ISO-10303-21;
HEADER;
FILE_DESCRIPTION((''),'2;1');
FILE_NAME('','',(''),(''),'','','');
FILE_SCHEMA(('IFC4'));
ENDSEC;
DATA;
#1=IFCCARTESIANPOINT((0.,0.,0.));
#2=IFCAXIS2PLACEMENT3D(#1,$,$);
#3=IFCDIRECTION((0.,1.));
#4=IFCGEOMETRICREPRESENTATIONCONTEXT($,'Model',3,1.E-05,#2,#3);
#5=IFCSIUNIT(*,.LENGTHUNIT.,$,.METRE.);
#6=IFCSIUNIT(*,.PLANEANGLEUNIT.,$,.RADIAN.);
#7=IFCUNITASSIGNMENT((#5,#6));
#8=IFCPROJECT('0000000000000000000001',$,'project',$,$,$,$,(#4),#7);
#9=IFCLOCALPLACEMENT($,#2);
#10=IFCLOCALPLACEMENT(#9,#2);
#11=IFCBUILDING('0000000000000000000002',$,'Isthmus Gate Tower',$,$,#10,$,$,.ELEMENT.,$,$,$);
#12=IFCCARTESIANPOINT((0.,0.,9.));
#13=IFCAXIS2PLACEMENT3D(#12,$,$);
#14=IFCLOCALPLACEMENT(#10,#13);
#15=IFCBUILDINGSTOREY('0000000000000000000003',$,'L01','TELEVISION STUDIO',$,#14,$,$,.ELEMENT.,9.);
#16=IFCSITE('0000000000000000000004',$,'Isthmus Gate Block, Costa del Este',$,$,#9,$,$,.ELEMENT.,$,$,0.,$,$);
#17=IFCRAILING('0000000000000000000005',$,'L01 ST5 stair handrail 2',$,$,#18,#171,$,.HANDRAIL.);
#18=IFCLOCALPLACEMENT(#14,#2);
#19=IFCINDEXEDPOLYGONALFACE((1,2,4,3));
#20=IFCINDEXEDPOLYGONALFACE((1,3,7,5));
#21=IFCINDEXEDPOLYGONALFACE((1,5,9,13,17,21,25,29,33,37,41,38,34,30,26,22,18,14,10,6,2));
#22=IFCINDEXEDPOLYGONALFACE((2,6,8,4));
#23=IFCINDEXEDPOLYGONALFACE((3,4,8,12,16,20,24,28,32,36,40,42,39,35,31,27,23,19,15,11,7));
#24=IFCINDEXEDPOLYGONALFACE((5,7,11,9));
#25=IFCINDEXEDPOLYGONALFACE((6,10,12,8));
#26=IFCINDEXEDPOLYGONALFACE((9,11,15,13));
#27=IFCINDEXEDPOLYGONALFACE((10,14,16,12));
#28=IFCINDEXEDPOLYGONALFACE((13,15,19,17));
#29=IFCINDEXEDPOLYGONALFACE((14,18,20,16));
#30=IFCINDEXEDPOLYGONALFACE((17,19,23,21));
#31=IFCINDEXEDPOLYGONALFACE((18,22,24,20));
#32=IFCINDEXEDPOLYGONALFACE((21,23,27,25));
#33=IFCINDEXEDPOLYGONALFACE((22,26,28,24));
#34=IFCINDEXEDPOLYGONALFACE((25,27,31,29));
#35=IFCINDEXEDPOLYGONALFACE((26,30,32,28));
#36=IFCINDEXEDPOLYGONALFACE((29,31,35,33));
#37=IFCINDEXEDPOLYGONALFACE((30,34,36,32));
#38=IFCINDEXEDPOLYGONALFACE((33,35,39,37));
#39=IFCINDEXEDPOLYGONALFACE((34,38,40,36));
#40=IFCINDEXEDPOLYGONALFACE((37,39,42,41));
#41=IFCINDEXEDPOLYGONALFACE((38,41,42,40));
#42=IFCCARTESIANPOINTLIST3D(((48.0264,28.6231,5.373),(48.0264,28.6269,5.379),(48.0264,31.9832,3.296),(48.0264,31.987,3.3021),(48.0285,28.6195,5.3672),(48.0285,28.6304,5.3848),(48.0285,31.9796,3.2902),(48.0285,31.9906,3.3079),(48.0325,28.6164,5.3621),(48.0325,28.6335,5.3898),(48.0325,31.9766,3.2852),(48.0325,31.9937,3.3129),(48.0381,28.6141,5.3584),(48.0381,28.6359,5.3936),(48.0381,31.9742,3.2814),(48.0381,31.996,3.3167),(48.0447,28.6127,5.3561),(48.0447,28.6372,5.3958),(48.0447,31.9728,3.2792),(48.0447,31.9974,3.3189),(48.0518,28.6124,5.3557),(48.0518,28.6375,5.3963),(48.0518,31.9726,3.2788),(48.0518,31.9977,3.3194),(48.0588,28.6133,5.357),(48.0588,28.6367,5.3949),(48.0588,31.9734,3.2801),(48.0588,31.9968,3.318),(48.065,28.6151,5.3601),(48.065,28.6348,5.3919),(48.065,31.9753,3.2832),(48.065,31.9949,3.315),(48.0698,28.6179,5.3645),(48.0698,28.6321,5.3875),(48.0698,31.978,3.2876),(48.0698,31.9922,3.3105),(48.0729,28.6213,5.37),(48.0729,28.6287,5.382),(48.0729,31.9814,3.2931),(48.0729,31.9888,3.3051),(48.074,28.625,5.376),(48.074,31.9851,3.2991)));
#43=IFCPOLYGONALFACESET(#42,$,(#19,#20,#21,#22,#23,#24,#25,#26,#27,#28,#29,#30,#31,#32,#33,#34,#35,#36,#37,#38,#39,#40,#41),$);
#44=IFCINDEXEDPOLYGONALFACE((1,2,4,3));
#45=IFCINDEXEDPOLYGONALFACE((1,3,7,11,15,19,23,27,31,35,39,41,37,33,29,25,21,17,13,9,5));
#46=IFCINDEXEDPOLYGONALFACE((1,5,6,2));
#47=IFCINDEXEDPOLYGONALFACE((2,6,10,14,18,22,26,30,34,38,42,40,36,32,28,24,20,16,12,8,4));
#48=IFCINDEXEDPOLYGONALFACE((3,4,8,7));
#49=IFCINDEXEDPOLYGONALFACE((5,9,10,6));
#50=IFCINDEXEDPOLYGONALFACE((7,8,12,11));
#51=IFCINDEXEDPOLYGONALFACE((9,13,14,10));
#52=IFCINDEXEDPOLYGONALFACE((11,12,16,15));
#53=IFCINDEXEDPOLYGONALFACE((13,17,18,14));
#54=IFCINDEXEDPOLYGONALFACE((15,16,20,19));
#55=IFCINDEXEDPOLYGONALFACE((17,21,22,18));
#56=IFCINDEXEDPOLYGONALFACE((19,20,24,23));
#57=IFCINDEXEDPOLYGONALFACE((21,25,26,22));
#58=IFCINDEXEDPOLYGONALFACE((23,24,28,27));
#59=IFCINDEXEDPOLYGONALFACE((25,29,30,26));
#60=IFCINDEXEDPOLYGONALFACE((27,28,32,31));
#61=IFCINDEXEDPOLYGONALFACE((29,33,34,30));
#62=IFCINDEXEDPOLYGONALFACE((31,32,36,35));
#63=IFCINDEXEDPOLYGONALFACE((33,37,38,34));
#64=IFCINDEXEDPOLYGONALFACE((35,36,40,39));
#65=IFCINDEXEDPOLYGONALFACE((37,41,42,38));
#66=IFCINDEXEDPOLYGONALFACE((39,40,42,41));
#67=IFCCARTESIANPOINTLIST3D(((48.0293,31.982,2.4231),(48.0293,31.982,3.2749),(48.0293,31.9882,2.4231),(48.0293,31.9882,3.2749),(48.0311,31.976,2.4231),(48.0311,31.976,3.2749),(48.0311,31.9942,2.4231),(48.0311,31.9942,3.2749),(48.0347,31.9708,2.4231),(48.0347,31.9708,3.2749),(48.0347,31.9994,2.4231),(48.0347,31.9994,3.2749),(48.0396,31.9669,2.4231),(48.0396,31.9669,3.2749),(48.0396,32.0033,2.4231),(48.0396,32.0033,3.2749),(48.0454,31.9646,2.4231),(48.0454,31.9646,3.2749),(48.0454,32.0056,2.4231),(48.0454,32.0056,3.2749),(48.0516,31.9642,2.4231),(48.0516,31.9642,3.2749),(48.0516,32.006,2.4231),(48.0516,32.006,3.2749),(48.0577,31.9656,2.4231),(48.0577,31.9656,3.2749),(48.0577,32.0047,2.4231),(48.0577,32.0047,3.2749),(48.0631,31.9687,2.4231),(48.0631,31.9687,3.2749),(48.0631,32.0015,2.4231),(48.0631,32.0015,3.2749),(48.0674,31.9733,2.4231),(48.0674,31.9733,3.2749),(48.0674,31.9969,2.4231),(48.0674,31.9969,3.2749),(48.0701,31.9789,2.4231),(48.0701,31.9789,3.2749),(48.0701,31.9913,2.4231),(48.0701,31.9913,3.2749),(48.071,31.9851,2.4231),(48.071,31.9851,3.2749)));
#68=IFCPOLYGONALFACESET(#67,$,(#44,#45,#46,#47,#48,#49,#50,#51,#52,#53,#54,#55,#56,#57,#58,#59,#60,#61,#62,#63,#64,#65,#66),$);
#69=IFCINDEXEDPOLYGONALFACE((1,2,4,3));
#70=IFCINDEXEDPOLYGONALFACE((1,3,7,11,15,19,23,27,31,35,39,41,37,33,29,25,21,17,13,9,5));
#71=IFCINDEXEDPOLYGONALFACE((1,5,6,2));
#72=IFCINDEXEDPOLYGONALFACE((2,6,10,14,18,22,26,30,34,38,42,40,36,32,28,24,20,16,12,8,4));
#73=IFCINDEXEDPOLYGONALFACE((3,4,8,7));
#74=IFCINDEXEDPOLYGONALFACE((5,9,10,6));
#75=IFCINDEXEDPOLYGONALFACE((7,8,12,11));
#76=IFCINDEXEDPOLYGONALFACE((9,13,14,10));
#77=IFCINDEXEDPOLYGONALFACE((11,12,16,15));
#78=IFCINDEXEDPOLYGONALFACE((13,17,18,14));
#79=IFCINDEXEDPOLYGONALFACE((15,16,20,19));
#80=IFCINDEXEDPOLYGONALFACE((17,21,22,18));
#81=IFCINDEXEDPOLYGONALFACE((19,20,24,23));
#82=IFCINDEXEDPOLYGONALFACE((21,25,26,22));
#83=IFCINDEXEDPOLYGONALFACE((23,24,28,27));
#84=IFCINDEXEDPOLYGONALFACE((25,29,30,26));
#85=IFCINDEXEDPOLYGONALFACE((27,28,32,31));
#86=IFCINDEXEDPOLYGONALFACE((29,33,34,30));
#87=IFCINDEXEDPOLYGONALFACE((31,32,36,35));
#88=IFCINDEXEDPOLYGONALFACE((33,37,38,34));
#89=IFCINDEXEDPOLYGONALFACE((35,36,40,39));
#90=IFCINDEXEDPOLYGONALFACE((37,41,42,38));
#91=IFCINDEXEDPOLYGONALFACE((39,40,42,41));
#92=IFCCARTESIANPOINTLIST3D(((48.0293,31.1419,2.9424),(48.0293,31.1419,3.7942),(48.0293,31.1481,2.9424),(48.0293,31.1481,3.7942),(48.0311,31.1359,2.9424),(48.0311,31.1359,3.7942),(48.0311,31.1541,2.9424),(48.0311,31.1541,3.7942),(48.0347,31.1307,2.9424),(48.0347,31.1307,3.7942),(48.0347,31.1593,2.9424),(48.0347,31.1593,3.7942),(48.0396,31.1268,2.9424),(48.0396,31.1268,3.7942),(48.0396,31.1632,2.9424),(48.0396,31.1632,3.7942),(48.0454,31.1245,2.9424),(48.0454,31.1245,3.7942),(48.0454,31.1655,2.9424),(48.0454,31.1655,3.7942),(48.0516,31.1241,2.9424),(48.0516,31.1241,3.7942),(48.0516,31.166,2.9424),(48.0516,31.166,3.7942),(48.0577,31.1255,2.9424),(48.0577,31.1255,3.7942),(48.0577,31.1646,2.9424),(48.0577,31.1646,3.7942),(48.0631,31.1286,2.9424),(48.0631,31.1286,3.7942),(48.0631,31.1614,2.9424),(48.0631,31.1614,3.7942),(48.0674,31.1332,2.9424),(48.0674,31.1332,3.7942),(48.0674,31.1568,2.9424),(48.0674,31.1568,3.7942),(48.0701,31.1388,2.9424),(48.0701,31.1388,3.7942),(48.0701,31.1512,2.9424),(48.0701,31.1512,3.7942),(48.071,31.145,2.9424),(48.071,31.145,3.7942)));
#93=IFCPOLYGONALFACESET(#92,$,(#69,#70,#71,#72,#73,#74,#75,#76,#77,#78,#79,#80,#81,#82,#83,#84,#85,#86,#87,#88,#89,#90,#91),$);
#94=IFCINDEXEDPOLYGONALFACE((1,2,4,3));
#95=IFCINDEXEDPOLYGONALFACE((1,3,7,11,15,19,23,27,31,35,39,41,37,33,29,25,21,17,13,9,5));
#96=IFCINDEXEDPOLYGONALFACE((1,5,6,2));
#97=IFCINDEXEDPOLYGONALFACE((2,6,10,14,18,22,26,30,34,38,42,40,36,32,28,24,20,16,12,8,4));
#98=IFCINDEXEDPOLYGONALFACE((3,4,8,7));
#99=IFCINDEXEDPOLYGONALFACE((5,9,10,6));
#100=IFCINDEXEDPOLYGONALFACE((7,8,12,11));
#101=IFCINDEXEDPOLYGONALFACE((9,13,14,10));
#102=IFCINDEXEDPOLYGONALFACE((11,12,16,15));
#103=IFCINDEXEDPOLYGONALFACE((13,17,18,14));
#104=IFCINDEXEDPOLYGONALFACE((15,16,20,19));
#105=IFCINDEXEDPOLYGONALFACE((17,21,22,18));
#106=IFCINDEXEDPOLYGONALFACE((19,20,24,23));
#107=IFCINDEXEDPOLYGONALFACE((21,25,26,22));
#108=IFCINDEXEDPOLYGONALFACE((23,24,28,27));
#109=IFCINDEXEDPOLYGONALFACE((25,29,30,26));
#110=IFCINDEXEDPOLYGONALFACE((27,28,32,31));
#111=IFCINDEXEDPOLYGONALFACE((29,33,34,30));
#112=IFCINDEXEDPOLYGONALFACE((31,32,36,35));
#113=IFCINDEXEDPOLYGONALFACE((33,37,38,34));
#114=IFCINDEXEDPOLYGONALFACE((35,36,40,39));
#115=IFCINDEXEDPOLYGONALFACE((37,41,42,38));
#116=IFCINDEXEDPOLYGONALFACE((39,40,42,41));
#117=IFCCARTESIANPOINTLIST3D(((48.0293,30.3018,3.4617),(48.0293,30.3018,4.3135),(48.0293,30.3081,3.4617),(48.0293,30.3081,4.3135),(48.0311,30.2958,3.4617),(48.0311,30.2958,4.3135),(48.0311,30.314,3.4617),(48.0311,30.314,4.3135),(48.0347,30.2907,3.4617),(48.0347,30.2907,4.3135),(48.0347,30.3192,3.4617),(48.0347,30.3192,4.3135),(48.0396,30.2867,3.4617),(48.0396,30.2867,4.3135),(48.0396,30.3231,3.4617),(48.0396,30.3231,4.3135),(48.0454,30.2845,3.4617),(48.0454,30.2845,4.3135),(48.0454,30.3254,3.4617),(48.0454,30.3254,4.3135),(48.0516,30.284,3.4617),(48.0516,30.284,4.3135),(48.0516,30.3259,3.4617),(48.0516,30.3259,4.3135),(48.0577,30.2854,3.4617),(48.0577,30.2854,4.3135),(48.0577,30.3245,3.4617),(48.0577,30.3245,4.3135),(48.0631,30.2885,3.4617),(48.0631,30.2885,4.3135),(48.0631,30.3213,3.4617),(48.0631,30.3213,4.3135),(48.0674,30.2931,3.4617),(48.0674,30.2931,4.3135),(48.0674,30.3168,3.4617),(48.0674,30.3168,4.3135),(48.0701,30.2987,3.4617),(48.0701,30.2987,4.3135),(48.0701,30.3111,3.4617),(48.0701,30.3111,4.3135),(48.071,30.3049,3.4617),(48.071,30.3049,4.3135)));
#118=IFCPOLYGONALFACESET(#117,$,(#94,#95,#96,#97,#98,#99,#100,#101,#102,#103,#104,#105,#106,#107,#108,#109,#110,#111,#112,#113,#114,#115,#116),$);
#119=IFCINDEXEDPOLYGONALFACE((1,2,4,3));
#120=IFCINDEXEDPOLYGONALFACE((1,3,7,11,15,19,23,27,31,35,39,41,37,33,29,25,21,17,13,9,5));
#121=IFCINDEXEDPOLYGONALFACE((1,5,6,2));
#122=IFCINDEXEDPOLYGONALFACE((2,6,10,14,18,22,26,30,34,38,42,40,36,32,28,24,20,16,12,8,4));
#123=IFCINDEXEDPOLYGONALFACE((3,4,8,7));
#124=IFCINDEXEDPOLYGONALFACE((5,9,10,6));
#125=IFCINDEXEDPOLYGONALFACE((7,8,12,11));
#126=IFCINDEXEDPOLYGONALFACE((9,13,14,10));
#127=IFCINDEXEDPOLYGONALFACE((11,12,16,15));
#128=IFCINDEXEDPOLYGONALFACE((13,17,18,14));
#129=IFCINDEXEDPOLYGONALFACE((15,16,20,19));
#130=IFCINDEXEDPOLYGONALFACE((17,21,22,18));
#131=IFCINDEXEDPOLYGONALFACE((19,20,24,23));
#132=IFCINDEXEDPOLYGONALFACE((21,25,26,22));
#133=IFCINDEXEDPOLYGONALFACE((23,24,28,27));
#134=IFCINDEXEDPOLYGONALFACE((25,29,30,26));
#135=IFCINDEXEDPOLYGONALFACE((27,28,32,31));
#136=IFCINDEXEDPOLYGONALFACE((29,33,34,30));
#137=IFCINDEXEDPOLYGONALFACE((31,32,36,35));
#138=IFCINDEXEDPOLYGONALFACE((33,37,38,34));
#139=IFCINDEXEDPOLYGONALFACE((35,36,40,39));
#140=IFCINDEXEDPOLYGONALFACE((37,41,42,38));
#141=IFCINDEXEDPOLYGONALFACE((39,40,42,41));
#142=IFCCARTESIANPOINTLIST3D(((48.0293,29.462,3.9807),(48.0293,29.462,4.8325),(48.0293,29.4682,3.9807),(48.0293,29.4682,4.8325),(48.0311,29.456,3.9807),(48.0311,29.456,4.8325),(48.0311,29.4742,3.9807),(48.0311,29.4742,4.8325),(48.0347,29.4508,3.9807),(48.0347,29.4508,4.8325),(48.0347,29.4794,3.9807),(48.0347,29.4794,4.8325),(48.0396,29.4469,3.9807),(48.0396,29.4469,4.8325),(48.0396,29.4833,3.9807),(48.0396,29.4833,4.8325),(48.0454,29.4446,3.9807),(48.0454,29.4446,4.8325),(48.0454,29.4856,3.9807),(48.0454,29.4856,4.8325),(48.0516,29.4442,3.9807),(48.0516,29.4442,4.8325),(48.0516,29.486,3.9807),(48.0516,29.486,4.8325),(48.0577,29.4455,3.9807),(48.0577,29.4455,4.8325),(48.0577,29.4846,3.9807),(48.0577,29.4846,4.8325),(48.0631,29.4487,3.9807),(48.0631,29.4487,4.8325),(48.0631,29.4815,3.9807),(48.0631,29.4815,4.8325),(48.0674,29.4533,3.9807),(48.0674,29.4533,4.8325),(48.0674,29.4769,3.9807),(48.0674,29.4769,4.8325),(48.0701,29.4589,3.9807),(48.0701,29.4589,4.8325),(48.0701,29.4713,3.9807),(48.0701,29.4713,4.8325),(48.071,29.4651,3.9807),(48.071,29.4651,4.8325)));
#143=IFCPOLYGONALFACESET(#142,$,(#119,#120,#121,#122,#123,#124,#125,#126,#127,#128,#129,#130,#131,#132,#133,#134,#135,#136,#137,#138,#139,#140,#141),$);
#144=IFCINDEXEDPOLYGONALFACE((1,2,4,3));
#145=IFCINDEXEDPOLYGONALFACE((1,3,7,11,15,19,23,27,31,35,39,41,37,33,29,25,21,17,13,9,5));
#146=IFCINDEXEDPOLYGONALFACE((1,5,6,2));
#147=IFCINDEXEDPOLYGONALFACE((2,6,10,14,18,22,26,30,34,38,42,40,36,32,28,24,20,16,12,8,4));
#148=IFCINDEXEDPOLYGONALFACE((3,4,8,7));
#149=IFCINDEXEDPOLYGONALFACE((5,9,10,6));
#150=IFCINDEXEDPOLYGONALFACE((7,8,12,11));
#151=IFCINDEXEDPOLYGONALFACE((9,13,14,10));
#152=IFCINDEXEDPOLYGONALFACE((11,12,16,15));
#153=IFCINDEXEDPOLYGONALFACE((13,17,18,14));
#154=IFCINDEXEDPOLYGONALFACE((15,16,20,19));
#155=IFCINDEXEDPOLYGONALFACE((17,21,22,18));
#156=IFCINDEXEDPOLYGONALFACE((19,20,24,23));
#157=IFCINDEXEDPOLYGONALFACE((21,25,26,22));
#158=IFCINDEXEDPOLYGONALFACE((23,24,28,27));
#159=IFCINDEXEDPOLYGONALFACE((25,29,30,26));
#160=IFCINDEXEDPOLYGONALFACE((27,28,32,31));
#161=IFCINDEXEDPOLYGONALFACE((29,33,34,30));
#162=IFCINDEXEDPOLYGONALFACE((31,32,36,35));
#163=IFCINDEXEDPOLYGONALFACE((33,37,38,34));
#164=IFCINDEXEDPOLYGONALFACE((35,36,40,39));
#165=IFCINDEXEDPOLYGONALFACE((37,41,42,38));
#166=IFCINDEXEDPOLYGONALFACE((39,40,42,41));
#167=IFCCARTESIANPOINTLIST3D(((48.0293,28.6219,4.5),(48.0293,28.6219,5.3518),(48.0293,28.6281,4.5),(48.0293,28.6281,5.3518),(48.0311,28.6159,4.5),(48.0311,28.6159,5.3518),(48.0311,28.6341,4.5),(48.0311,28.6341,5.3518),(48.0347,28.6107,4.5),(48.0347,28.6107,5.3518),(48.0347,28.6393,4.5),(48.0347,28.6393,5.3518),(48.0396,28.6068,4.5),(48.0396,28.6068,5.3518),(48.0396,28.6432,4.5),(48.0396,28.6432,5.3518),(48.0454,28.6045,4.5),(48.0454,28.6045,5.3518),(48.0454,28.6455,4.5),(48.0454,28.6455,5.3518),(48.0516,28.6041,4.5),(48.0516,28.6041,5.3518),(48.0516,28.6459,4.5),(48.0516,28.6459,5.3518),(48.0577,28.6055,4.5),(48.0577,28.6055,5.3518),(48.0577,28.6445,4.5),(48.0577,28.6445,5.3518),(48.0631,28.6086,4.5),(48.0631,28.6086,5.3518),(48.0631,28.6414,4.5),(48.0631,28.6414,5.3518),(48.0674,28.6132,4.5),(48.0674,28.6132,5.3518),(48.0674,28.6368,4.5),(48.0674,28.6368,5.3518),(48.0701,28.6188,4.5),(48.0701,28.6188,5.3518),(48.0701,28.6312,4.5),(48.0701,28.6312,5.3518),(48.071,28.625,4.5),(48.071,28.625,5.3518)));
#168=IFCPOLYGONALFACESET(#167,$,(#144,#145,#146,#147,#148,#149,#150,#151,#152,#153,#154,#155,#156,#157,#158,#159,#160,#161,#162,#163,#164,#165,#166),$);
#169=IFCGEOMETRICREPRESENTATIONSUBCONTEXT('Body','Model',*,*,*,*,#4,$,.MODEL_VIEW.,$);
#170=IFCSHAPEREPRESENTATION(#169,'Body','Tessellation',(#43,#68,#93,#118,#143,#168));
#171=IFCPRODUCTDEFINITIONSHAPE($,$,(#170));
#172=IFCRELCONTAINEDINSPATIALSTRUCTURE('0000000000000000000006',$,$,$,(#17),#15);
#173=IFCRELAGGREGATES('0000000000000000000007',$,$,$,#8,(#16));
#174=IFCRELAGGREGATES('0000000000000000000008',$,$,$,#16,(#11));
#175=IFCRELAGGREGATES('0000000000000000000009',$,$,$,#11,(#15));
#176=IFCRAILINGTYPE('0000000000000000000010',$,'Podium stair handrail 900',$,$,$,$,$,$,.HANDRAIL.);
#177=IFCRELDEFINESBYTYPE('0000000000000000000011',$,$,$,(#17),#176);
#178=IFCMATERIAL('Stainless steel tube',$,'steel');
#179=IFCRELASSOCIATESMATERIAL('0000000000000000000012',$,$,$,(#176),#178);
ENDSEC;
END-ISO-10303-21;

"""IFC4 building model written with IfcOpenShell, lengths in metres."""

from ifc_helpers import new_model, si_unit, direction, frame, origin, origin_2d, place, context, subcontext, project, spatial, circle, extrude, material, type_object, element, save


model = new_model("IFC4")

# Units and contexts
model_context = context("Model", 3, precision=1e-05, world=origin(), true_north=direction((0.0, 1.0)))
body_context = subcontext(model_context, "Body", "Model", "MODEL_VIEW")
ifc_project = project(units=[si_unit("LENGTHUNIT", "METRE"), si_unit("PLANEANGLEUNIT", "RADIAN")], contexts=[model_context])

# Site, building, storey
site_placement = place(None, origin())
site = spatial("IfcSite", under=ifc_project, at=site_placement, Name="Isthmus Gate Block, Costa del Este", CompositionType="ELEMENT", RefElevation=0.0)
building_placement = place(site_placement, origin())
building = spatial("IfcBuilding", under=site, at=building_placement, Name="Isthmus Gate Tower", CompositionType="ELEMENT")
storey_placement = place(building_placement, frame((0.0, 0.0, 9.0)))
storey = spatial("IfcBuildingStorey", under=building, at=storey_placement, Name="L01", Description="TELEVISION STUDIO", CompositionType="ELEMENT", Elevation=9.0)

# Railing
ifc_material_1 = material(Name="Stainless steel tube", Category="steel")
railing_type = type_object("IfcRailingType", Name="Podium stair handrail 900", PredefinedType="HANDRAIL", material=ifc_material_1)
for number, where, name in (
    (1, (48.05, 31.9851, 2.4231), "L01 ST5 stair handrail 2"),
):
    element("IfcRailing", number, at=place(storey_placement, frame(where)), inside=storey, type_object=railing_type, Name=name, PredefinedType="HANDRAIL", context=body_context, shape_type="SweptSolid", body=[
        extrude(circle(Radius=0.0239, at=origin_2d()), frame((0.0, 0.0, 0.876), z_axis=(0.0, -0.850623, 0.525776), x_axis=(1.0, 0.0, 0.0)), (0.0, 0.0, 1.0), 3.9502),
        extrude(circle(Radius=0.021, at=origin_2d()), origin(), (0.0, 0.0, 1.0), 0.8518),
        extrude(circle(Radius=0.021, at=origin_2d()), frame((0.0, -0.8401, 0.5193)), (0.0, 0.0, 1.0), 0.8518),
        extrude(circle(Radius=0.021, at=origin_2d()), frame((0.0, -1.6802, 1.0386)), (0.0, 0.0, 1.0), 0.8518),
        extrude(circle(Radius=0.021, at=origin_2d()), frame((0.0, -2.52, 1.5576)), (0.0, 0.0, 1.0), 0.8518),
        extrude(circle(Radius=0.021, at=origin_2d()), frame((0.0, -3.3601, 2.0769)), (0.0, 0.0, 1.0), 0.8518),
    ])

save(model, "model.ifc")
